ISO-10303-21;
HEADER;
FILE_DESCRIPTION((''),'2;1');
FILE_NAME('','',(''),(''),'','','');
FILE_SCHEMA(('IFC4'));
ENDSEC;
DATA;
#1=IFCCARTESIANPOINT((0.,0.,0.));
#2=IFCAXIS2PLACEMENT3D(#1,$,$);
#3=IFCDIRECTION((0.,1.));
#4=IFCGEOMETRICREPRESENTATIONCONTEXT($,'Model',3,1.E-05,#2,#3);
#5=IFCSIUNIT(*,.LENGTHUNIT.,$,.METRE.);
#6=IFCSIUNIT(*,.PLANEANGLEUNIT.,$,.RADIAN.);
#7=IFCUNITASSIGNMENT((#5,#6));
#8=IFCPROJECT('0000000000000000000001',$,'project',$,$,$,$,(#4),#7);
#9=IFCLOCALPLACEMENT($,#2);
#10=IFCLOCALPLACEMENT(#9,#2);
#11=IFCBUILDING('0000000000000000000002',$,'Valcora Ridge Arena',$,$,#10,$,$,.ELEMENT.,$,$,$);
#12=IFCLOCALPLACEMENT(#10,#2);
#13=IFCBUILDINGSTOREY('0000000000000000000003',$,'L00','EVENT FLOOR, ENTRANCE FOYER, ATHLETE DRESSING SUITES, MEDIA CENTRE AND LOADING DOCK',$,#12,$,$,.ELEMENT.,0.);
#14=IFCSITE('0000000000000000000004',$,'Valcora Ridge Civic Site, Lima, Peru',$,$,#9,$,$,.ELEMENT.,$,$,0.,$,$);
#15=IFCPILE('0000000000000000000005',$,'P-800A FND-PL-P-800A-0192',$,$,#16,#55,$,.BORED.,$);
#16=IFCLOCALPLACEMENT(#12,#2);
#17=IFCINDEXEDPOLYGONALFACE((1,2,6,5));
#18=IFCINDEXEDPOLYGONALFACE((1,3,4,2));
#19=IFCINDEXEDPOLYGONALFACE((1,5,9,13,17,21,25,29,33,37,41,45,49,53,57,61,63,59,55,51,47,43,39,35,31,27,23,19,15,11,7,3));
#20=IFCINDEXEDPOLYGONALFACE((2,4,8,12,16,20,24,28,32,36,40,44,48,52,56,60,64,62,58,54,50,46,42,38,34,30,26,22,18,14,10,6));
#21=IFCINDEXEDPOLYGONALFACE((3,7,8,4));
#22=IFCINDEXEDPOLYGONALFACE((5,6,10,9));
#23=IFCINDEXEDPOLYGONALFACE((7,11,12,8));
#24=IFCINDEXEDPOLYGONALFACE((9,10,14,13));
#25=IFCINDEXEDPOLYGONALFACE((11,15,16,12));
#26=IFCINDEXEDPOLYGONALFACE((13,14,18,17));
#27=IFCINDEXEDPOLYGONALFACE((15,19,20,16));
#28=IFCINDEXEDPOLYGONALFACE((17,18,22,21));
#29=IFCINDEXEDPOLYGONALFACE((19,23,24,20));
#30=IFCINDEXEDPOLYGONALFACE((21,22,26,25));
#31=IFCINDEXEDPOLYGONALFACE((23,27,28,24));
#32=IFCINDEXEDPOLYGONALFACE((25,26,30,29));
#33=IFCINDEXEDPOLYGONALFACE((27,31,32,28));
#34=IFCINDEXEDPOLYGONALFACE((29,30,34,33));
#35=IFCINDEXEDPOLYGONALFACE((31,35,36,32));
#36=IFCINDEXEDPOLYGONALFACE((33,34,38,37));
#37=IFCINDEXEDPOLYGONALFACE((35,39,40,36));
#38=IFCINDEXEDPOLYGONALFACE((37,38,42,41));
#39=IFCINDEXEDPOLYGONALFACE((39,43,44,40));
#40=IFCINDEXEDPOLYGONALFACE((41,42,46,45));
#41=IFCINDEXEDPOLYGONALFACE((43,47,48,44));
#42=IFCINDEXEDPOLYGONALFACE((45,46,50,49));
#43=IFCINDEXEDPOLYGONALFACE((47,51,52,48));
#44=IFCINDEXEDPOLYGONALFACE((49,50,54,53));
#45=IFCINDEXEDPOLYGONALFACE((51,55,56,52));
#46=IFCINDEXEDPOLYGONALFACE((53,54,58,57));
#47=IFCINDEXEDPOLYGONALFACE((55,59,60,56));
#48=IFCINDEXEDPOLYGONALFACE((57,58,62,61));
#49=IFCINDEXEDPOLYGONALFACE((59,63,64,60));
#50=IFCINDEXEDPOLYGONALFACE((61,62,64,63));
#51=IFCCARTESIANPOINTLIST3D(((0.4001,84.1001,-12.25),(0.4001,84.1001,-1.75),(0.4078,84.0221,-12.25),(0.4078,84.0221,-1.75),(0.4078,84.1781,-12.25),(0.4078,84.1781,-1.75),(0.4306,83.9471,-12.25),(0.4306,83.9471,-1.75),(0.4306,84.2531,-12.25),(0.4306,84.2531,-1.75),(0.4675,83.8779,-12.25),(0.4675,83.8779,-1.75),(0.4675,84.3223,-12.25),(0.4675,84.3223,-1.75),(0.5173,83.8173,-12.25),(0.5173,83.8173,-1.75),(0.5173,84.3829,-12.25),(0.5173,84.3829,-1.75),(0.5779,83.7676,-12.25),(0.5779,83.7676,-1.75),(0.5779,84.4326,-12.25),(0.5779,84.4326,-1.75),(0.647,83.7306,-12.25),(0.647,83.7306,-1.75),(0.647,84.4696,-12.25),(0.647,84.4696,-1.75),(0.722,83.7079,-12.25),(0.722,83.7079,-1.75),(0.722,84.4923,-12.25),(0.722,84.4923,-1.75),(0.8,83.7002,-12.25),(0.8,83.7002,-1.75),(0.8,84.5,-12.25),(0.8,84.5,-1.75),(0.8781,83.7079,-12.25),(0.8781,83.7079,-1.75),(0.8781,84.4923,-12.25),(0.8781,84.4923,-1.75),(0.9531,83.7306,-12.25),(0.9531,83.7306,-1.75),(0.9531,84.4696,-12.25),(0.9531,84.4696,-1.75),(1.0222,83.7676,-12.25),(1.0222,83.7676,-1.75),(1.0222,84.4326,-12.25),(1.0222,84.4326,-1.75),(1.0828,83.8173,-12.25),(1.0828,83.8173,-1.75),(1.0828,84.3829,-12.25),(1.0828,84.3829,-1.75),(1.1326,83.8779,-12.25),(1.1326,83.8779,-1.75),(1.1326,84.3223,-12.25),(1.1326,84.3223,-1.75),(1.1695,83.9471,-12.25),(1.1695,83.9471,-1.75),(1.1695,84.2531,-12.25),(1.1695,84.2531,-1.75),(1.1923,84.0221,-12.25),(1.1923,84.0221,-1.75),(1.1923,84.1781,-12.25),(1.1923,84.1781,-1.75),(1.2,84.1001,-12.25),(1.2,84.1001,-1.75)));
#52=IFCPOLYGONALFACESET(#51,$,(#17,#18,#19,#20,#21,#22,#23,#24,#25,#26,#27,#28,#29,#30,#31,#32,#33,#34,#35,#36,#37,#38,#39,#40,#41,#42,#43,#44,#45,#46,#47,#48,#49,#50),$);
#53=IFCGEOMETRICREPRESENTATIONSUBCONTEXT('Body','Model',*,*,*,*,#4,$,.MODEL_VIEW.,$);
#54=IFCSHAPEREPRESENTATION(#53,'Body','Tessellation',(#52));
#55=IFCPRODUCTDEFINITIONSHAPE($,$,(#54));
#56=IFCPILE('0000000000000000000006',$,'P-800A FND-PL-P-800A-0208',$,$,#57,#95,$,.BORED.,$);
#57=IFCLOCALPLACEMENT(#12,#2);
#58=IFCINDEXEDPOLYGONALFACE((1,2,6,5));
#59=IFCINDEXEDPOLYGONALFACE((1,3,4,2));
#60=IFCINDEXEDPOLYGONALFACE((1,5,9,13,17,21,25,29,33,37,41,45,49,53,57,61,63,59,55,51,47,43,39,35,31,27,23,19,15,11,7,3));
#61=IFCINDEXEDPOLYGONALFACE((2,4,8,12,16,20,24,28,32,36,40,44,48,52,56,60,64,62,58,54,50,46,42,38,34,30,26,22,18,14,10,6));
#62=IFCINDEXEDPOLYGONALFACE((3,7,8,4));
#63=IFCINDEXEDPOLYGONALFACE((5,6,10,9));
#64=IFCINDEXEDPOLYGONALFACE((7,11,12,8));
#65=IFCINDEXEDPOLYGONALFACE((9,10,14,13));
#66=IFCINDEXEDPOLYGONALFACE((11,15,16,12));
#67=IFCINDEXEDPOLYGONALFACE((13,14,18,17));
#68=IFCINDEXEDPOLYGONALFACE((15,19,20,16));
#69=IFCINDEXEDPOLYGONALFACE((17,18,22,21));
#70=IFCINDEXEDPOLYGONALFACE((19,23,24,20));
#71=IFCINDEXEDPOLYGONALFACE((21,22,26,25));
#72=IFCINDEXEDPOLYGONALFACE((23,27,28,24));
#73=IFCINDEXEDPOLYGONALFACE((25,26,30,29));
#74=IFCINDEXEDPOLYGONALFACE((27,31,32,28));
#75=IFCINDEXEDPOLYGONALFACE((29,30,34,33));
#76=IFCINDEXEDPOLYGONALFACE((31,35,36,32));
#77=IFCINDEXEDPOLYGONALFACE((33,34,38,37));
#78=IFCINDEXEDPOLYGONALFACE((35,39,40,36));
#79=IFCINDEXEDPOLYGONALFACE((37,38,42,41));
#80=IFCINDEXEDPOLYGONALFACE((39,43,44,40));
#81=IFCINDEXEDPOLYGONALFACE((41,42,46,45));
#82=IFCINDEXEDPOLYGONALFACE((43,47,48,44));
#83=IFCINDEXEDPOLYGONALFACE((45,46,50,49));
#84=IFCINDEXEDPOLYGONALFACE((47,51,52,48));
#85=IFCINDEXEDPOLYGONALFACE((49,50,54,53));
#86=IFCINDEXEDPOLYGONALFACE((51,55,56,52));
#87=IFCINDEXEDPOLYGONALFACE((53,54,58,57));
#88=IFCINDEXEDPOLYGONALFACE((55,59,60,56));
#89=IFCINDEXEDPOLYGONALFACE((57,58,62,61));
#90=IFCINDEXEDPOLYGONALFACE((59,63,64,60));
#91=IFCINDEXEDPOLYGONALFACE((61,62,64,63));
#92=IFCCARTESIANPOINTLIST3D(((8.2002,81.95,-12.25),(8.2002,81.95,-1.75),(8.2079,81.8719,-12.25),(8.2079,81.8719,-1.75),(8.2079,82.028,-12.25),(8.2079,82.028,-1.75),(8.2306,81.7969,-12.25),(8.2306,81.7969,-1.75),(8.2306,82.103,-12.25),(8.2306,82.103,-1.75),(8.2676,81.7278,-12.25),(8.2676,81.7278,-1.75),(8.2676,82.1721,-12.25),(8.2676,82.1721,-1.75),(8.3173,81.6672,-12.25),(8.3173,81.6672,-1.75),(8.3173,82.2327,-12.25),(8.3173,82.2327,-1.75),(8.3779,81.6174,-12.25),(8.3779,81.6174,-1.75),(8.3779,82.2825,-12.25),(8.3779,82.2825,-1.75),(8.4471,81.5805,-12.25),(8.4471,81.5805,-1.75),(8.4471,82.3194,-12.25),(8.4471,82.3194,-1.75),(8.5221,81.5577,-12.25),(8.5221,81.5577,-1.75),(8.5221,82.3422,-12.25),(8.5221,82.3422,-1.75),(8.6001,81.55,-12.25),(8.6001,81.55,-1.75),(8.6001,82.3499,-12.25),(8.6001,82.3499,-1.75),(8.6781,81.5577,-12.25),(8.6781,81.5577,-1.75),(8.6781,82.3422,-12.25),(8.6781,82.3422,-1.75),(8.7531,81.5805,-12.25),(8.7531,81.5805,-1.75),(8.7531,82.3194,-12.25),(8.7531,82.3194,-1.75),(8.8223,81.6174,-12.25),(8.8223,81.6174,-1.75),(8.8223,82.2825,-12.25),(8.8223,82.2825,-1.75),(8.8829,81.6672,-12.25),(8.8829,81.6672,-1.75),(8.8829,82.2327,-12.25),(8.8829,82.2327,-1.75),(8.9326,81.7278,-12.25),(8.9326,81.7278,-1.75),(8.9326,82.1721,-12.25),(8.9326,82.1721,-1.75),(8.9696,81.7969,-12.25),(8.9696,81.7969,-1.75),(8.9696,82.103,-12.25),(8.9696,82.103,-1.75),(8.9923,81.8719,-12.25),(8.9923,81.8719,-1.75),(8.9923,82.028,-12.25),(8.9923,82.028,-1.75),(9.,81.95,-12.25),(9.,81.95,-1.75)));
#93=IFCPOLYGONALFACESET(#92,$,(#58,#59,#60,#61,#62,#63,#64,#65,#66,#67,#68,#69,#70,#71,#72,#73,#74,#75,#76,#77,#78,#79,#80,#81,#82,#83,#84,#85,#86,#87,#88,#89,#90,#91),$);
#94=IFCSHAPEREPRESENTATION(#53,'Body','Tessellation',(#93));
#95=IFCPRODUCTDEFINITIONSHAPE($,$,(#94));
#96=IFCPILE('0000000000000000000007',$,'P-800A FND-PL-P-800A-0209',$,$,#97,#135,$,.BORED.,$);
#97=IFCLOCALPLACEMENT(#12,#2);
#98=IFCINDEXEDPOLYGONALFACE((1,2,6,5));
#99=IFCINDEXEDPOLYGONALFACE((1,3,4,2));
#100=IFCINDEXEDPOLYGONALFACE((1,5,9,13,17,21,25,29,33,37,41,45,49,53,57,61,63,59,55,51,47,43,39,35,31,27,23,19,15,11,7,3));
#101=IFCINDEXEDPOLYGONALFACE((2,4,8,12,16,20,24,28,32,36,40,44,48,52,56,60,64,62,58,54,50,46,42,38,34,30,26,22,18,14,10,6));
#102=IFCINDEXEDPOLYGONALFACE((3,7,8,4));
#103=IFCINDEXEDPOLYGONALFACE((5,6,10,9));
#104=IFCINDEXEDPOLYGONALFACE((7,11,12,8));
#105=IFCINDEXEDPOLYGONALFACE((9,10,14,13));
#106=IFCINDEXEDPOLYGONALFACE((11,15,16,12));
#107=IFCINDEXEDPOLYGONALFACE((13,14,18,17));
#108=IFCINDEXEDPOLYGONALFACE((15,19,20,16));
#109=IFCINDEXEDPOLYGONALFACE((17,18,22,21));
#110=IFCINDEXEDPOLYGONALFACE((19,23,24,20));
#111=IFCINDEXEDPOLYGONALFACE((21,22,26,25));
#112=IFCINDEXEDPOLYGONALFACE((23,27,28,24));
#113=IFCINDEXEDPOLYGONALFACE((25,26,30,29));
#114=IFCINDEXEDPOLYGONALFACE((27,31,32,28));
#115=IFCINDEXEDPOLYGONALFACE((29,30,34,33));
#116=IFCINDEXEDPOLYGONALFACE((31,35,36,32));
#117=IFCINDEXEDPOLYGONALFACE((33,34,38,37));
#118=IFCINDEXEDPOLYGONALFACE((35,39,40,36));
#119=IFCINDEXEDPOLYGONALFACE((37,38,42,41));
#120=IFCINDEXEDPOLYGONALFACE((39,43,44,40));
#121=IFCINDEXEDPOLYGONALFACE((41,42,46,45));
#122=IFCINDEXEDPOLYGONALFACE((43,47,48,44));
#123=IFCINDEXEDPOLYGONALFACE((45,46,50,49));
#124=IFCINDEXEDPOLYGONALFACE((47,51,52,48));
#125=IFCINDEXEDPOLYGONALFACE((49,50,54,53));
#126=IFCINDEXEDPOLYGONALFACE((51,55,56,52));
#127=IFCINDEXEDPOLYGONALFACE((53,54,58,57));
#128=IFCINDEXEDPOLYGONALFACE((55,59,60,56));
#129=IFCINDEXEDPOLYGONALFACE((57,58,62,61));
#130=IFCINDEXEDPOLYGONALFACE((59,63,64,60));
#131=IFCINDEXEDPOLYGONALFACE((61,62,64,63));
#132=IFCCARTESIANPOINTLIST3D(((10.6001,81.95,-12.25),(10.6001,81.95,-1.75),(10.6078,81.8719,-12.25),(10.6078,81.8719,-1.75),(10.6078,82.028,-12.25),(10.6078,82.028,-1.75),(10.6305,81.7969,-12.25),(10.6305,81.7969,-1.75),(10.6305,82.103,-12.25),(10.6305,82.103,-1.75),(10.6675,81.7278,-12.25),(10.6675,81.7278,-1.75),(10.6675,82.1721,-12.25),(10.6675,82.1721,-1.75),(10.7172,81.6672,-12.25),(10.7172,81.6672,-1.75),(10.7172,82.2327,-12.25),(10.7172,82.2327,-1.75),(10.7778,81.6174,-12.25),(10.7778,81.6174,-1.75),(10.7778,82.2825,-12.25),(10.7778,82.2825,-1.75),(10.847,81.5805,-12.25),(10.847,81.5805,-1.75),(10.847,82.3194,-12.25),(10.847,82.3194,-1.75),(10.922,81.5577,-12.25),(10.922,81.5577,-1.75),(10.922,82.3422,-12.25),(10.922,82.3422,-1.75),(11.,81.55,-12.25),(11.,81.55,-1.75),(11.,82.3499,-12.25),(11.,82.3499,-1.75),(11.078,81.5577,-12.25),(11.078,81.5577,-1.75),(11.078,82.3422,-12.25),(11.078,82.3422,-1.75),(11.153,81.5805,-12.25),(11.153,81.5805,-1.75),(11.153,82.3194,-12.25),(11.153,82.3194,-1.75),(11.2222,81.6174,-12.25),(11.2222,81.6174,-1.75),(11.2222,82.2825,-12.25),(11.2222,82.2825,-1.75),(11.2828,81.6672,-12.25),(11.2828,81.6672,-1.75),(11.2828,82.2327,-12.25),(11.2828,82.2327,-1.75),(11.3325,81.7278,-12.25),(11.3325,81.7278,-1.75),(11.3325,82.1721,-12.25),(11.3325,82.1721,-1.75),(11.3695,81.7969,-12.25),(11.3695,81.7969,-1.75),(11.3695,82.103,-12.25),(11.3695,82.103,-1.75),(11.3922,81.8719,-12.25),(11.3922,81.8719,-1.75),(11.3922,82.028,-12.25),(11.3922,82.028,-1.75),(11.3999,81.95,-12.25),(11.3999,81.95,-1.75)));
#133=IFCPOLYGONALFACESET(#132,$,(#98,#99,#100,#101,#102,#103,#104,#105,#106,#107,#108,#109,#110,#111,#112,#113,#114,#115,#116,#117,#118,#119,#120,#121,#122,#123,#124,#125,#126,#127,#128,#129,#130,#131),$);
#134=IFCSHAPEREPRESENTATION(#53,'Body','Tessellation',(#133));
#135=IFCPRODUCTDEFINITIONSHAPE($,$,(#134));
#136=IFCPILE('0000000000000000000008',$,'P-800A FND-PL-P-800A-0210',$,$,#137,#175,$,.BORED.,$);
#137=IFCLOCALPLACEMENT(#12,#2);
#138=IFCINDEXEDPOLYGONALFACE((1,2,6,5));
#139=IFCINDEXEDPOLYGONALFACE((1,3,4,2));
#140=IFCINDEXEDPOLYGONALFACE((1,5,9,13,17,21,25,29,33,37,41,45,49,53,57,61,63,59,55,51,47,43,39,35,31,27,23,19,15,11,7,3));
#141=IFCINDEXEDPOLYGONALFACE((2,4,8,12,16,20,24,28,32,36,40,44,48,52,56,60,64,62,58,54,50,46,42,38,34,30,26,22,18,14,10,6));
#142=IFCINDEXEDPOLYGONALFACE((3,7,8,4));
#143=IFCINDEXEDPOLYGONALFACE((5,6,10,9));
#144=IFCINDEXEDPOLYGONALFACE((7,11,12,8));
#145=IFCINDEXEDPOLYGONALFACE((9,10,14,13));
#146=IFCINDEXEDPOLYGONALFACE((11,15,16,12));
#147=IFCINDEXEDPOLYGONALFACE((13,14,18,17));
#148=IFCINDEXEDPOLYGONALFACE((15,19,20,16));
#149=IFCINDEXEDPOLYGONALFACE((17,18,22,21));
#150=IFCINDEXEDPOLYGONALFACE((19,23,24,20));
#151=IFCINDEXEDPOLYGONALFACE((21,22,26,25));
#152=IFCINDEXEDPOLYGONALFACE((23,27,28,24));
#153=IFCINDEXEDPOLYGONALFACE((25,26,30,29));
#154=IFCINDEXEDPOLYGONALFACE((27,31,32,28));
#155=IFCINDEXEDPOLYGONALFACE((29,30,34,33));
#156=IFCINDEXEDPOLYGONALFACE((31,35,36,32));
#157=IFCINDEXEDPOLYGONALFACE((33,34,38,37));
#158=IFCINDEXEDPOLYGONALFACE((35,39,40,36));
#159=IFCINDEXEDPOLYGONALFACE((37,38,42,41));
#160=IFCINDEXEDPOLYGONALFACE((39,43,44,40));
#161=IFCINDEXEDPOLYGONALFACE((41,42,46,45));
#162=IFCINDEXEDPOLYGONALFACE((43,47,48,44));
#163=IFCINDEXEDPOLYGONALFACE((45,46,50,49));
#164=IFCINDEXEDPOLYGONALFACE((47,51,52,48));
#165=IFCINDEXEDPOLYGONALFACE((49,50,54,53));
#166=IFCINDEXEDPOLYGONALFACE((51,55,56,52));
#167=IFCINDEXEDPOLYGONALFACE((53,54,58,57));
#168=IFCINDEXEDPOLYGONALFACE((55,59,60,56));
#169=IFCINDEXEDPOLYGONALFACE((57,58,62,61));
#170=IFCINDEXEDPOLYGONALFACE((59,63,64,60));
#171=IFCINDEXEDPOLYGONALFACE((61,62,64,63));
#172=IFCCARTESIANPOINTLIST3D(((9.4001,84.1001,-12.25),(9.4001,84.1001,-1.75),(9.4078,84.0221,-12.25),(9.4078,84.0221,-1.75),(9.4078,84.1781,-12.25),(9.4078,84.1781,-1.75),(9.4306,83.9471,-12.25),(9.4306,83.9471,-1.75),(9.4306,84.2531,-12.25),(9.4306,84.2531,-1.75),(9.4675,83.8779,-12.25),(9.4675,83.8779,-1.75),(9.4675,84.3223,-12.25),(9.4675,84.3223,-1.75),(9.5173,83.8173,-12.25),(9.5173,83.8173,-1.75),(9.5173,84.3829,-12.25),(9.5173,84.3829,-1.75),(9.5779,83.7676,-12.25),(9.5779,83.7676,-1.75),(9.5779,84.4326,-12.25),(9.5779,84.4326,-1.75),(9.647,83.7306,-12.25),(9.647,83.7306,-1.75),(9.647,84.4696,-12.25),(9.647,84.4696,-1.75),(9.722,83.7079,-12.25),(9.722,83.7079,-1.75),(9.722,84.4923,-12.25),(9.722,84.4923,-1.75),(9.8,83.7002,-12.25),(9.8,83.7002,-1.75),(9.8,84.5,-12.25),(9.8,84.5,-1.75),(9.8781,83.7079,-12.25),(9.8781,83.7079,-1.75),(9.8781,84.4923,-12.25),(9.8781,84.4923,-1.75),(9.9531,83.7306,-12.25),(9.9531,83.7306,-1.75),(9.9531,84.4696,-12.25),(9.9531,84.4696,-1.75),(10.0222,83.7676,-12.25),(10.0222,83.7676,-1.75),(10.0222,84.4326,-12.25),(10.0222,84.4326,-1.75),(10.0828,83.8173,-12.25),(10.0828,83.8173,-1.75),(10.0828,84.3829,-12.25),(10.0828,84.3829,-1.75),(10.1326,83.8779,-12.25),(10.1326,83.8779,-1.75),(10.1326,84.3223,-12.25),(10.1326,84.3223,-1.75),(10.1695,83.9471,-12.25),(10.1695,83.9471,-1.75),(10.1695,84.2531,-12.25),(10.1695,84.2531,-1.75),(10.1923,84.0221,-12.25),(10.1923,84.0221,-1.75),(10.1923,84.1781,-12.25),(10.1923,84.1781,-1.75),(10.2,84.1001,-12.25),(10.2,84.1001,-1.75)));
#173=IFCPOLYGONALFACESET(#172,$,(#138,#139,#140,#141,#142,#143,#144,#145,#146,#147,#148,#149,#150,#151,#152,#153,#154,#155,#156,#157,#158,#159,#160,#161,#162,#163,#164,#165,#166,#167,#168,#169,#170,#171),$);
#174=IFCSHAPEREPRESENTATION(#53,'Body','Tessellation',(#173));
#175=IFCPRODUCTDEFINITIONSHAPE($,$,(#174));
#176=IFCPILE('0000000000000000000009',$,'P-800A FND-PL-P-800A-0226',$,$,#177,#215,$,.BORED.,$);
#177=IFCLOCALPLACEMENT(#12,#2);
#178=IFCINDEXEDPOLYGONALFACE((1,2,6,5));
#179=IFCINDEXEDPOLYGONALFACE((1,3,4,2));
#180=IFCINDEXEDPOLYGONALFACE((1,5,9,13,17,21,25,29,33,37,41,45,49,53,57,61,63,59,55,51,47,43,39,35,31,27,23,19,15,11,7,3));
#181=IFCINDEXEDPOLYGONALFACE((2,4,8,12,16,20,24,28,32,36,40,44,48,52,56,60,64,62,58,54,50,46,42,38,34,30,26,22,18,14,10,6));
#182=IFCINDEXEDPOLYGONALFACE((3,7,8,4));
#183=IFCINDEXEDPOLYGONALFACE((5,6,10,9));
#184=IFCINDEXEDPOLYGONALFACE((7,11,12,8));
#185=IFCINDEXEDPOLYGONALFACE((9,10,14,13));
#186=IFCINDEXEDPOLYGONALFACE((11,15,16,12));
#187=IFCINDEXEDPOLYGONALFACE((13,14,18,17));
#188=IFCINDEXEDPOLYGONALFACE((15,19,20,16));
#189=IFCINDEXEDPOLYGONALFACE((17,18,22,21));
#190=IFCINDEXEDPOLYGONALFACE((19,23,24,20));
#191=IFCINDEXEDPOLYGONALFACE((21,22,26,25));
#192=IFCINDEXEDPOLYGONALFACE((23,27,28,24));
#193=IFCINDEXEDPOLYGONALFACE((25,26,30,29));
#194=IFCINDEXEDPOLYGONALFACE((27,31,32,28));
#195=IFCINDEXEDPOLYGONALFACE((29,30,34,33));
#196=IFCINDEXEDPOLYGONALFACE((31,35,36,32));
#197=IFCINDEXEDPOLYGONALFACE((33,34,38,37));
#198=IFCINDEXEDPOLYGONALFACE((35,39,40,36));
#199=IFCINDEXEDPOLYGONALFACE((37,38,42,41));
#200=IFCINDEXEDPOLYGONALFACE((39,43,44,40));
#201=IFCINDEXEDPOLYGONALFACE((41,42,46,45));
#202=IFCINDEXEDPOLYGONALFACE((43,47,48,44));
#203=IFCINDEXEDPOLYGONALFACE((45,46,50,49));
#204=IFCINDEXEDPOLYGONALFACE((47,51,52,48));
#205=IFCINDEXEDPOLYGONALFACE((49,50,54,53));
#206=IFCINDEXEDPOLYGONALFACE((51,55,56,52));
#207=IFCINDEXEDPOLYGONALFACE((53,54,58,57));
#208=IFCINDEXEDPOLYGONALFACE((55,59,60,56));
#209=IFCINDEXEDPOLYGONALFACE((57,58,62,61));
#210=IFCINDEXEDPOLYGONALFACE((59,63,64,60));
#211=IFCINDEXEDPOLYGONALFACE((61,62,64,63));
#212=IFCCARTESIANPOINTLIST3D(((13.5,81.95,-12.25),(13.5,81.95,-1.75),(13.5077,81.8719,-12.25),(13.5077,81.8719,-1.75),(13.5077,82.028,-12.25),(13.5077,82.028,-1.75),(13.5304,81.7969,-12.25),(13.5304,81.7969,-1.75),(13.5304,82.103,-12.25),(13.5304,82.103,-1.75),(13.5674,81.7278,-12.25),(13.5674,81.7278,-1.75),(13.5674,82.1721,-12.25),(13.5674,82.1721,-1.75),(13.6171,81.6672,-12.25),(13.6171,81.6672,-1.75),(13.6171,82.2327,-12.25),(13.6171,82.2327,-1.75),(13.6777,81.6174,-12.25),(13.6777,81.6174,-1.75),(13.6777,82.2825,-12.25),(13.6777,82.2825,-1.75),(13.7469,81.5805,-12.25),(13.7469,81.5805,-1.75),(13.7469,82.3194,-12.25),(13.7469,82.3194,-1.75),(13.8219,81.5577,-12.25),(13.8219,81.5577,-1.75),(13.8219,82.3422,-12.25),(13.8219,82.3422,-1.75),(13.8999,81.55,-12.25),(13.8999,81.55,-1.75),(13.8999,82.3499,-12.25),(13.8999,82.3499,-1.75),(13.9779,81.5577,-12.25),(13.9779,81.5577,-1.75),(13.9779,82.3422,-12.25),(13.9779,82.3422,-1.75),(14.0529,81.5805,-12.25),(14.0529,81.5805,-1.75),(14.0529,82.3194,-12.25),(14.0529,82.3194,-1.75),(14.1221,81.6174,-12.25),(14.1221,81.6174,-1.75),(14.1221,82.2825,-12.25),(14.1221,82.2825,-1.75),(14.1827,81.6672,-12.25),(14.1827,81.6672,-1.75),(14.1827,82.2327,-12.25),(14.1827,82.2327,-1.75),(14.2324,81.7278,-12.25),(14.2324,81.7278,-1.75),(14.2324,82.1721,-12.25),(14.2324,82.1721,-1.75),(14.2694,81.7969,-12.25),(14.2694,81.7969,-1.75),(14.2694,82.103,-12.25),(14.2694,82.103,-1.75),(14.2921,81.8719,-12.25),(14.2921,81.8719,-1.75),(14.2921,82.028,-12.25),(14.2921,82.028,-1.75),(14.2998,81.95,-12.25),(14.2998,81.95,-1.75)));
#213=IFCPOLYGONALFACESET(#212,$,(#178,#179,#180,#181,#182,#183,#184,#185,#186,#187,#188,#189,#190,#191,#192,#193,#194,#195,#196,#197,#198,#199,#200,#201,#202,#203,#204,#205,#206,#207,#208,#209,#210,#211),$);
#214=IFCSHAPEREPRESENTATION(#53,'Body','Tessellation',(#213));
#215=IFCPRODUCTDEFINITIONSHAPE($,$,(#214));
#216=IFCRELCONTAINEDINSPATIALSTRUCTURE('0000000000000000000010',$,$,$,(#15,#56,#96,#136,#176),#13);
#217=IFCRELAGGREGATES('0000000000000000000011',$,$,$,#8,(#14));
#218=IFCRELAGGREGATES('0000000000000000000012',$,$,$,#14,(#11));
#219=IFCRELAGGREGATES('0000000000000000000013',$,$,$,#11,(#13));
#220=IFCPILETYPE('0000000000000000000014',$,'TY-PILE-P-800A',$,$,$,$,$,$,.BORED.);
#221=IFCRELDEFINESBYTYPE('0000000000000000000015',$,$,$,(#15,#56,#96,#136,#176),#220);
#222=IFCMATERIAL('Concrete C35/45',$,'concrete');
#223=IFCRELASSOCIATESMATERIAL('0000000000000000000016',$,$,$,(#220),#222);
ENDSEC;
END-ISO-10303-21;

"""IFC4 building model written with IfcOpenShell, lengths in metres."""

from ifc_helpers import new_model, si_unit, direction, frame, origin, origin_2d, place, context, subcontext, project, spatial, circle, extrude, material, material_profile, profile_set, type_object, element, save


model = new_model("IFC4")

# Units and contexts
model_context = context("Model", 3, precision=1e-05, world=origin(), true_north=direction((0.0, 1.0)))
body_context = subcontext(model_context, "Body", "Model", "MODEL_VIEW")
ifc_project = project(units=[si_unit("LENGTHUNIT", "METRE"), si_unit("PLANEANGLEUNIT", "RADIAN")], contexts=[model_context])

# Site, building, storey
site_placement = place(None, origin())
site = spatial("IfcSite", under=ifc_project, at=site_placement, Name="Valcora Ridge Civic Site, Lima, Peru", CompositionType="ELEMENT", RefElevation=0.0)
building_placement = place(site_placement, origin())
building = spatial("IfcBuilding", under=site, at=building_placement, Name="Valcora Ridge Arena", CompositionType="ELEMENT")
storey_placement = place(building_placement, origin())
storey = spatial("IfcBuildingStorey", under=building, at=storey_placement, Name="L00", Description="EVENT FLOOR, ENTRANCE FOYER, ATHLETE DRESSING SUITES, MEDIA CENTRE AND LOADING DOCK", CompositionType="ELEMENT", Elevation=0.0)

# Piles
ifc_material_1 = material(Name="Concrete C35/45", Category="concrete")
ifc_material_profile_1 = material_profile(ifc_material_1, circle(Radius=0.3999, at=origin_2d()), Name="BORED PILE D800")
ifc_profile_set_1 = profile_set([ifc_material_profile_1], Name="Concrete C35/45")
pile_type_1 = type_object("IfcPileType", Name="TY-PILE-P-800A", PredefinedType="BORED", material=ifc_profile_set_1)
for number, where, z_axis, x_axis, name in (
    (1, (0.8, 84.1001, -1.75), (0.0, 0.0, -1.0), (1.0, 0.0, 0.0), "P-800A FND-PL-P-800A-0192"),
    (2, (8.6001, 81.95, -1.75), (0.0, 0.0, -1.0), (1.0, 0.0, 0.0), "P-800A FND-PL-P-800A-0208"),
    (3, (11.0, 81.95, -1.75), (0.0, 0.0, -1.0), (1.0, 0.0, 0.0), "P-800A FND-PL-P-800A-0209"),
    (4, (9.8, 84.1001, -1.75), (0.0, 0.0, -1.0), (1.0, 0.0, 0.0), "P-800A FND-PL-P-800A-0210"),
    (5, (13.8999, 81.95, -1.75), (0.0, 0.0, -1.0), (1.0, 0.0, 0.0), "P-800A FND-PL-P-800A-0226"),
):
    element("IfcPile", number, at=place(storey_placement, frame(where, z_axis=z_axis, x_axis=x_axis)), inside=storey, type_object=pile_type_1, Name=name, PredefinedType="BORED", context=body_context, shape_type="SweptSolid", body=[
        extrude(circle(Radius=0.3999, at=origin_2d()), origin(), (0.0, 0.0, 1.0), 10.5),
    ])

save(model, "model.ifc")
